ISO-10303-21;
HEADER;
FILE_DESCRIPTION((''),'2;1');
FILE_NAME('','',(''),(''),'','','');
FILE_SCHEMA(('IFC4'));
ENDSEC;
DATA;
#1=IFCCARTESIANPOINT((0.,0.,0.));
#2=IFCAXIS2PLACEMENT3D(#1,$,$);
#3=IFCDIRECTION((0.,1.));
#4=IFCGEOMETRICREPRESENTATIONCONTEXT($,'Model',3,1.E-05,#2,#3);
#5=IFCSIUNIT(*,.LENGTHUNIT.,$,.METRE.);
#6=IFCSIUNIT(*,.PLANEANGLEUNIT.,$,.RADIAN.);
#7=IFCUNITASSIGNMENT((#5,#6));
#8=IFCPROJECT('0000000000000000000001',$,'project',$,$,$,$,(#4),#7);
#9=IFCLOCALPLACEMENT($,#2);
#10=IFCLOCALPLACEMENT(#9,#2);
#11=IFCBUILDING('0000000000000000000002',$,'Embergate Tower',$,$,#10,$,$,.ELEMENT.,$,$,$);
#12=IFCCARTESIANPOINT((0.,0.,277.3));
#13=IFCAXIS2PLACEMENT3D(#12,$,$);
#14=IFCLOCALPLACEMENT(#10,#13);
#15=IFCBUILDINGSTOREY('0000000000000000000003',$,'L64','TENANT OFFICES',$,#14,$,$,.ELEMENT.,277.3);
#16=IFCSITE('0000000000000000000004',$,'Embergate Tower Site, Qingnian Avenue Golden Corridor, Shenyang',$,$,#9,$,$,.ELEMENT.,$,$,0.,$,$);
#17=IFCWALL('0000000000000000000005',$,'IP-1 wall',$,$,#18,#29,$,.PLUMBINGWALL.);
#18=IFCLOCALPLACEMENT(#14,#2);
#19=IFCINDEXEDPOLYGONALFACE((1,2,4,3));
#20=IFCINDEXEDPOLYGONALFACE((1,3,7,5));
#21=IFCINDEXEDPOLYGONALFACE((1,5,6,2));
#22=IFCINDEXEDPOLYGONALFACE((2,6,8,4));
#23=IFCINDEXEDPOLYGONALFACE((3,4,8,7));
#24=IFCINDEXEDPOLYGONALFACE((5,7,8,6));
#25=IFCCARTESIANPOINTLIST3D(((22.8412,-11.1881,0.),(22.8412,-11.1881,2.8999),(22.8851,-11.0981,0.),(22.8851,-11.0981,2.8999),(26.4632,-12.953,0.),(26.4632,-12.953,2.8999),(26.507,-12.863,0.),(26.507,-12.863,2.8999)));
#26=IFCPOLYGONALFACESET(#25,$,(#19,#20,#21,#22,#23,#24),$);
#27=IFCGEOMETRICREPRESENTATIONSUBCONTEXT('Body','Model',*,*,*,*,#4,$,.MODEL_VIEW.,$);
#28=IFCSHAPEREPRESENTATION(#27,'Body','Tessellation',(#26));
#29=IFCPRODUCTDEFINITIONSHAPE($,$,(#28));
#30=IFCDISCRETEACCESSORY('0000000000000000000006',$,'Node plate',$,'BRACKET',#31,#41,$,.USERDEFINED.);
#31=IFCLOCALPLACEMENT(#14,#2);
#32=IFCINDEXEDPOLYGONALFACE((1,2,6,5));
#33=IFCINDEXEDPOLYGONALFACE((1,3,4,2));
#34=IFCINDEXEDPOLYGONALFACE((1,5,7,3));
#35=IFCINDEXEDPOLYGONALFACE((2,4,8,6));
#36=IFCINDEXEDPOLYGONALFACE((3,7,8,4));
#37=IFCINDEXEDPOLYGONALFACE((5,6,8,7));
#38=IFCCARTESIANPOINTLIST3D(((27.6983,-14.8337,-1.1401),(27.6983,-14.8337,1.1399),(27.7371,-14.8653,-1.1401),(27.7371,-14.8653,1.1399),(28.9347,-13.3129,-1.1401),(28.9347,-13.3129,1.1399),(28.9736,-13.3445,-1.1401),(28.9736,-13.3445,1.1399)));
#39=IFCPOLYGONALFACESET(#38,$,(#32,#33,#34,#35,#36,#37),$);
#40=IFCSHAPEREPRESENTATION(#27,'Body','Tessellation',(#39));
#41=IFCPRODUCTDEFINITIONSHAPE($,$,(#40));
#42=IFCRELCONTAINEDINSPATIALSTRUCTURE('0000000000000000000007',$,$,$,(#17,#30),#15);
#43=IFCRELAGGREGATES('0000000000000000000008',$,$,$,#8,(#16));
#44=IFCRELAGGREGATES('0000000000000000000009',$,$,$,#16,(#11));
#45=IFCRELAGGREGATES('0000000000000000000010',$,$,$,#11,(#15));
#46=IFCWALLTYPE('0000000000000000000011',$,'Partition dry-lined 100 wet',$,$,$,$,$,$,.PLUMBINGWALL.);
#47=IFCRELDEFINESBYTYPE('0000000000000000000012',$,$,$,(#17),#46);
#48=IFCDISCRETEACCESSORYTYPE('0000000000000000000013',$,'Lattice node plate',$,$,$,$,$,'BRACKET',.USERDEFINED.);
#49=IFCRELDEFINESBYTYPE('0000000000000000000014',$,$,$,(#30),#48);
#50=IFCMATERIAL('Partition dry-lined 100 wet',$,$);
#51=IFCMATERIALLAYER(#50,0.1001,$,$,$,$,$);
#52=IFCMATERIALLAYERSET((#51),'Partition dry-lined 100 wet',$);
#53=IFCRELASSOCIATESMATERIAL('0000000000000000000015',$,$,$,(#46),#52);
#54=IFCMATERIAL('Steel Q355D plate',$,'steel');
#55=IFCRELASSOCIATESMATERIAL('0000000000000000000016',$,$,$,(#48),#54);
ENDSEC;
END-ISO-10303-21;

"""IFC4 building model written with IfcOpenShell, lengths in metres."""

from ifc_helpers import new_model, si_unit, direction, frame, frame_2d, origin, origin_2d, place, context, subcontext, project, spatial, rectangle, extrude, source, transform, mapped, material, layer, layer_set, type_object, element, save


model = new_model("IFC4")

# Units and contexts
model_context = context("Model", 3, precision=1e-05, world=origin(), true_north=direction((0.0, 1.0)))
body_context = subcontext(model_context, "Body", "Model", "MODEL_VIEW")
ifc_project = project(units=[si_unit("LENGTHUNIT", "METRE"), si_unit("PLANEANGLEUNIT", "RADIAN")], contexts=[model_context])

# Site, building, storey
site_placement = place(None, origin())
site = spatial("IfcSite", under=ifc_project, at=site_placement, Name="Embergate Tower Site, Qingnian Avenue Golden Corridor, Shenyang", CompositionType="ELEMENT", RefElevation=0.0)
building_placement = place(site_placement, origin())
building = spatial("IfcBuilding", under=site, at=building_placement, Name="Embergate Tower", CompositionType="ELEMENT")
storey_placement = place(building_placement, frame((0.0, 0.0, 277.3)))
storey = spatial("IfcBuildingStorey", under=building, at=storey_placement, Name="L64", Description="TENANT OFFICES", CompositionType="ELEMENT", Elevation=277.3)

# Wall
ifc_material_1 = material(Name="Partition dry-lined 100 wet")
ifc_layer = layer(ifc_material_1, 0.1001)
ifc_layer_set = layer_set([ifc_layer], Name="Partition dry-lined 100 wet")
wall_type = type_object("IfcWallType", Name="Partition dry-lined 100 wet", PredefinedType="PLUMBINGWALL", material=ifc_layer_set)
shared_shape_1 = source(origin(), body_context, "Body", "SweptSolid", [
    extrude(rectangle(XDim=4.0291, YDim=0.1001, at=frame_2d((2.0146, 0.0))), origin(), (0.0, 0.0, 1.0), 2.8999),
])
wall_placement = place(storey_placement, frame((22.863, -11.1431, 0.0), z_axis=(0.0, 0.0, 1.0), x_axis=(0.898961, -0.438028, 0.0)))
element("IfcWall", 1, at=wall_placement, inside=storey, type_object=wall_type, Name="IP-1 wall", PredefinedType="PLUMBINGWALL", context=body_context, shape_type="MappedRepresentation", body=[
    mapped(shared_shape_1, transform((0.0, 0.0, 0.0))),
])

# Discrete accessory
ifc_material_2 = material(Name="Steel Q355D plate", Category="steel")
discrete_accessory_type = type_object("IfcDiscreteAccessoryType", Name="Lattice node plate", ElementType="BRACKET", PredefinedType="USERDEFINED", material=ifc_material_2)
shared_shape_2 = source(origin(), body_context, "Body", "SweptSolid", [
    extrude(rectangle(XDim=1.96, YDim=0.05, at=origin_2d()), origin(), (0.0, 0.0, 1.0), 2.28),
])
discrete_accessory_placement = place(storey_placement, frame((28.3359, -14.0891, -1.1401), z_axis=(0.0, 0.0, 1.0), x_axis=(0.630838, 0.775914, 0.0)))
element("IfcDiscreteAccessory", 2, at=discrete_accessory_placement, inside=storey, type_object=discrete_accessory_type, Name="Node plate", ObjectType="BRACKET", PredefinedType="USERDEFINED", context=body_context, shape_type="MappedRepresentation", body=[
    mapped(shared_shape_2, transform((0.0, 0.0, 0.0))),
])

save(model, "model.ifc")
